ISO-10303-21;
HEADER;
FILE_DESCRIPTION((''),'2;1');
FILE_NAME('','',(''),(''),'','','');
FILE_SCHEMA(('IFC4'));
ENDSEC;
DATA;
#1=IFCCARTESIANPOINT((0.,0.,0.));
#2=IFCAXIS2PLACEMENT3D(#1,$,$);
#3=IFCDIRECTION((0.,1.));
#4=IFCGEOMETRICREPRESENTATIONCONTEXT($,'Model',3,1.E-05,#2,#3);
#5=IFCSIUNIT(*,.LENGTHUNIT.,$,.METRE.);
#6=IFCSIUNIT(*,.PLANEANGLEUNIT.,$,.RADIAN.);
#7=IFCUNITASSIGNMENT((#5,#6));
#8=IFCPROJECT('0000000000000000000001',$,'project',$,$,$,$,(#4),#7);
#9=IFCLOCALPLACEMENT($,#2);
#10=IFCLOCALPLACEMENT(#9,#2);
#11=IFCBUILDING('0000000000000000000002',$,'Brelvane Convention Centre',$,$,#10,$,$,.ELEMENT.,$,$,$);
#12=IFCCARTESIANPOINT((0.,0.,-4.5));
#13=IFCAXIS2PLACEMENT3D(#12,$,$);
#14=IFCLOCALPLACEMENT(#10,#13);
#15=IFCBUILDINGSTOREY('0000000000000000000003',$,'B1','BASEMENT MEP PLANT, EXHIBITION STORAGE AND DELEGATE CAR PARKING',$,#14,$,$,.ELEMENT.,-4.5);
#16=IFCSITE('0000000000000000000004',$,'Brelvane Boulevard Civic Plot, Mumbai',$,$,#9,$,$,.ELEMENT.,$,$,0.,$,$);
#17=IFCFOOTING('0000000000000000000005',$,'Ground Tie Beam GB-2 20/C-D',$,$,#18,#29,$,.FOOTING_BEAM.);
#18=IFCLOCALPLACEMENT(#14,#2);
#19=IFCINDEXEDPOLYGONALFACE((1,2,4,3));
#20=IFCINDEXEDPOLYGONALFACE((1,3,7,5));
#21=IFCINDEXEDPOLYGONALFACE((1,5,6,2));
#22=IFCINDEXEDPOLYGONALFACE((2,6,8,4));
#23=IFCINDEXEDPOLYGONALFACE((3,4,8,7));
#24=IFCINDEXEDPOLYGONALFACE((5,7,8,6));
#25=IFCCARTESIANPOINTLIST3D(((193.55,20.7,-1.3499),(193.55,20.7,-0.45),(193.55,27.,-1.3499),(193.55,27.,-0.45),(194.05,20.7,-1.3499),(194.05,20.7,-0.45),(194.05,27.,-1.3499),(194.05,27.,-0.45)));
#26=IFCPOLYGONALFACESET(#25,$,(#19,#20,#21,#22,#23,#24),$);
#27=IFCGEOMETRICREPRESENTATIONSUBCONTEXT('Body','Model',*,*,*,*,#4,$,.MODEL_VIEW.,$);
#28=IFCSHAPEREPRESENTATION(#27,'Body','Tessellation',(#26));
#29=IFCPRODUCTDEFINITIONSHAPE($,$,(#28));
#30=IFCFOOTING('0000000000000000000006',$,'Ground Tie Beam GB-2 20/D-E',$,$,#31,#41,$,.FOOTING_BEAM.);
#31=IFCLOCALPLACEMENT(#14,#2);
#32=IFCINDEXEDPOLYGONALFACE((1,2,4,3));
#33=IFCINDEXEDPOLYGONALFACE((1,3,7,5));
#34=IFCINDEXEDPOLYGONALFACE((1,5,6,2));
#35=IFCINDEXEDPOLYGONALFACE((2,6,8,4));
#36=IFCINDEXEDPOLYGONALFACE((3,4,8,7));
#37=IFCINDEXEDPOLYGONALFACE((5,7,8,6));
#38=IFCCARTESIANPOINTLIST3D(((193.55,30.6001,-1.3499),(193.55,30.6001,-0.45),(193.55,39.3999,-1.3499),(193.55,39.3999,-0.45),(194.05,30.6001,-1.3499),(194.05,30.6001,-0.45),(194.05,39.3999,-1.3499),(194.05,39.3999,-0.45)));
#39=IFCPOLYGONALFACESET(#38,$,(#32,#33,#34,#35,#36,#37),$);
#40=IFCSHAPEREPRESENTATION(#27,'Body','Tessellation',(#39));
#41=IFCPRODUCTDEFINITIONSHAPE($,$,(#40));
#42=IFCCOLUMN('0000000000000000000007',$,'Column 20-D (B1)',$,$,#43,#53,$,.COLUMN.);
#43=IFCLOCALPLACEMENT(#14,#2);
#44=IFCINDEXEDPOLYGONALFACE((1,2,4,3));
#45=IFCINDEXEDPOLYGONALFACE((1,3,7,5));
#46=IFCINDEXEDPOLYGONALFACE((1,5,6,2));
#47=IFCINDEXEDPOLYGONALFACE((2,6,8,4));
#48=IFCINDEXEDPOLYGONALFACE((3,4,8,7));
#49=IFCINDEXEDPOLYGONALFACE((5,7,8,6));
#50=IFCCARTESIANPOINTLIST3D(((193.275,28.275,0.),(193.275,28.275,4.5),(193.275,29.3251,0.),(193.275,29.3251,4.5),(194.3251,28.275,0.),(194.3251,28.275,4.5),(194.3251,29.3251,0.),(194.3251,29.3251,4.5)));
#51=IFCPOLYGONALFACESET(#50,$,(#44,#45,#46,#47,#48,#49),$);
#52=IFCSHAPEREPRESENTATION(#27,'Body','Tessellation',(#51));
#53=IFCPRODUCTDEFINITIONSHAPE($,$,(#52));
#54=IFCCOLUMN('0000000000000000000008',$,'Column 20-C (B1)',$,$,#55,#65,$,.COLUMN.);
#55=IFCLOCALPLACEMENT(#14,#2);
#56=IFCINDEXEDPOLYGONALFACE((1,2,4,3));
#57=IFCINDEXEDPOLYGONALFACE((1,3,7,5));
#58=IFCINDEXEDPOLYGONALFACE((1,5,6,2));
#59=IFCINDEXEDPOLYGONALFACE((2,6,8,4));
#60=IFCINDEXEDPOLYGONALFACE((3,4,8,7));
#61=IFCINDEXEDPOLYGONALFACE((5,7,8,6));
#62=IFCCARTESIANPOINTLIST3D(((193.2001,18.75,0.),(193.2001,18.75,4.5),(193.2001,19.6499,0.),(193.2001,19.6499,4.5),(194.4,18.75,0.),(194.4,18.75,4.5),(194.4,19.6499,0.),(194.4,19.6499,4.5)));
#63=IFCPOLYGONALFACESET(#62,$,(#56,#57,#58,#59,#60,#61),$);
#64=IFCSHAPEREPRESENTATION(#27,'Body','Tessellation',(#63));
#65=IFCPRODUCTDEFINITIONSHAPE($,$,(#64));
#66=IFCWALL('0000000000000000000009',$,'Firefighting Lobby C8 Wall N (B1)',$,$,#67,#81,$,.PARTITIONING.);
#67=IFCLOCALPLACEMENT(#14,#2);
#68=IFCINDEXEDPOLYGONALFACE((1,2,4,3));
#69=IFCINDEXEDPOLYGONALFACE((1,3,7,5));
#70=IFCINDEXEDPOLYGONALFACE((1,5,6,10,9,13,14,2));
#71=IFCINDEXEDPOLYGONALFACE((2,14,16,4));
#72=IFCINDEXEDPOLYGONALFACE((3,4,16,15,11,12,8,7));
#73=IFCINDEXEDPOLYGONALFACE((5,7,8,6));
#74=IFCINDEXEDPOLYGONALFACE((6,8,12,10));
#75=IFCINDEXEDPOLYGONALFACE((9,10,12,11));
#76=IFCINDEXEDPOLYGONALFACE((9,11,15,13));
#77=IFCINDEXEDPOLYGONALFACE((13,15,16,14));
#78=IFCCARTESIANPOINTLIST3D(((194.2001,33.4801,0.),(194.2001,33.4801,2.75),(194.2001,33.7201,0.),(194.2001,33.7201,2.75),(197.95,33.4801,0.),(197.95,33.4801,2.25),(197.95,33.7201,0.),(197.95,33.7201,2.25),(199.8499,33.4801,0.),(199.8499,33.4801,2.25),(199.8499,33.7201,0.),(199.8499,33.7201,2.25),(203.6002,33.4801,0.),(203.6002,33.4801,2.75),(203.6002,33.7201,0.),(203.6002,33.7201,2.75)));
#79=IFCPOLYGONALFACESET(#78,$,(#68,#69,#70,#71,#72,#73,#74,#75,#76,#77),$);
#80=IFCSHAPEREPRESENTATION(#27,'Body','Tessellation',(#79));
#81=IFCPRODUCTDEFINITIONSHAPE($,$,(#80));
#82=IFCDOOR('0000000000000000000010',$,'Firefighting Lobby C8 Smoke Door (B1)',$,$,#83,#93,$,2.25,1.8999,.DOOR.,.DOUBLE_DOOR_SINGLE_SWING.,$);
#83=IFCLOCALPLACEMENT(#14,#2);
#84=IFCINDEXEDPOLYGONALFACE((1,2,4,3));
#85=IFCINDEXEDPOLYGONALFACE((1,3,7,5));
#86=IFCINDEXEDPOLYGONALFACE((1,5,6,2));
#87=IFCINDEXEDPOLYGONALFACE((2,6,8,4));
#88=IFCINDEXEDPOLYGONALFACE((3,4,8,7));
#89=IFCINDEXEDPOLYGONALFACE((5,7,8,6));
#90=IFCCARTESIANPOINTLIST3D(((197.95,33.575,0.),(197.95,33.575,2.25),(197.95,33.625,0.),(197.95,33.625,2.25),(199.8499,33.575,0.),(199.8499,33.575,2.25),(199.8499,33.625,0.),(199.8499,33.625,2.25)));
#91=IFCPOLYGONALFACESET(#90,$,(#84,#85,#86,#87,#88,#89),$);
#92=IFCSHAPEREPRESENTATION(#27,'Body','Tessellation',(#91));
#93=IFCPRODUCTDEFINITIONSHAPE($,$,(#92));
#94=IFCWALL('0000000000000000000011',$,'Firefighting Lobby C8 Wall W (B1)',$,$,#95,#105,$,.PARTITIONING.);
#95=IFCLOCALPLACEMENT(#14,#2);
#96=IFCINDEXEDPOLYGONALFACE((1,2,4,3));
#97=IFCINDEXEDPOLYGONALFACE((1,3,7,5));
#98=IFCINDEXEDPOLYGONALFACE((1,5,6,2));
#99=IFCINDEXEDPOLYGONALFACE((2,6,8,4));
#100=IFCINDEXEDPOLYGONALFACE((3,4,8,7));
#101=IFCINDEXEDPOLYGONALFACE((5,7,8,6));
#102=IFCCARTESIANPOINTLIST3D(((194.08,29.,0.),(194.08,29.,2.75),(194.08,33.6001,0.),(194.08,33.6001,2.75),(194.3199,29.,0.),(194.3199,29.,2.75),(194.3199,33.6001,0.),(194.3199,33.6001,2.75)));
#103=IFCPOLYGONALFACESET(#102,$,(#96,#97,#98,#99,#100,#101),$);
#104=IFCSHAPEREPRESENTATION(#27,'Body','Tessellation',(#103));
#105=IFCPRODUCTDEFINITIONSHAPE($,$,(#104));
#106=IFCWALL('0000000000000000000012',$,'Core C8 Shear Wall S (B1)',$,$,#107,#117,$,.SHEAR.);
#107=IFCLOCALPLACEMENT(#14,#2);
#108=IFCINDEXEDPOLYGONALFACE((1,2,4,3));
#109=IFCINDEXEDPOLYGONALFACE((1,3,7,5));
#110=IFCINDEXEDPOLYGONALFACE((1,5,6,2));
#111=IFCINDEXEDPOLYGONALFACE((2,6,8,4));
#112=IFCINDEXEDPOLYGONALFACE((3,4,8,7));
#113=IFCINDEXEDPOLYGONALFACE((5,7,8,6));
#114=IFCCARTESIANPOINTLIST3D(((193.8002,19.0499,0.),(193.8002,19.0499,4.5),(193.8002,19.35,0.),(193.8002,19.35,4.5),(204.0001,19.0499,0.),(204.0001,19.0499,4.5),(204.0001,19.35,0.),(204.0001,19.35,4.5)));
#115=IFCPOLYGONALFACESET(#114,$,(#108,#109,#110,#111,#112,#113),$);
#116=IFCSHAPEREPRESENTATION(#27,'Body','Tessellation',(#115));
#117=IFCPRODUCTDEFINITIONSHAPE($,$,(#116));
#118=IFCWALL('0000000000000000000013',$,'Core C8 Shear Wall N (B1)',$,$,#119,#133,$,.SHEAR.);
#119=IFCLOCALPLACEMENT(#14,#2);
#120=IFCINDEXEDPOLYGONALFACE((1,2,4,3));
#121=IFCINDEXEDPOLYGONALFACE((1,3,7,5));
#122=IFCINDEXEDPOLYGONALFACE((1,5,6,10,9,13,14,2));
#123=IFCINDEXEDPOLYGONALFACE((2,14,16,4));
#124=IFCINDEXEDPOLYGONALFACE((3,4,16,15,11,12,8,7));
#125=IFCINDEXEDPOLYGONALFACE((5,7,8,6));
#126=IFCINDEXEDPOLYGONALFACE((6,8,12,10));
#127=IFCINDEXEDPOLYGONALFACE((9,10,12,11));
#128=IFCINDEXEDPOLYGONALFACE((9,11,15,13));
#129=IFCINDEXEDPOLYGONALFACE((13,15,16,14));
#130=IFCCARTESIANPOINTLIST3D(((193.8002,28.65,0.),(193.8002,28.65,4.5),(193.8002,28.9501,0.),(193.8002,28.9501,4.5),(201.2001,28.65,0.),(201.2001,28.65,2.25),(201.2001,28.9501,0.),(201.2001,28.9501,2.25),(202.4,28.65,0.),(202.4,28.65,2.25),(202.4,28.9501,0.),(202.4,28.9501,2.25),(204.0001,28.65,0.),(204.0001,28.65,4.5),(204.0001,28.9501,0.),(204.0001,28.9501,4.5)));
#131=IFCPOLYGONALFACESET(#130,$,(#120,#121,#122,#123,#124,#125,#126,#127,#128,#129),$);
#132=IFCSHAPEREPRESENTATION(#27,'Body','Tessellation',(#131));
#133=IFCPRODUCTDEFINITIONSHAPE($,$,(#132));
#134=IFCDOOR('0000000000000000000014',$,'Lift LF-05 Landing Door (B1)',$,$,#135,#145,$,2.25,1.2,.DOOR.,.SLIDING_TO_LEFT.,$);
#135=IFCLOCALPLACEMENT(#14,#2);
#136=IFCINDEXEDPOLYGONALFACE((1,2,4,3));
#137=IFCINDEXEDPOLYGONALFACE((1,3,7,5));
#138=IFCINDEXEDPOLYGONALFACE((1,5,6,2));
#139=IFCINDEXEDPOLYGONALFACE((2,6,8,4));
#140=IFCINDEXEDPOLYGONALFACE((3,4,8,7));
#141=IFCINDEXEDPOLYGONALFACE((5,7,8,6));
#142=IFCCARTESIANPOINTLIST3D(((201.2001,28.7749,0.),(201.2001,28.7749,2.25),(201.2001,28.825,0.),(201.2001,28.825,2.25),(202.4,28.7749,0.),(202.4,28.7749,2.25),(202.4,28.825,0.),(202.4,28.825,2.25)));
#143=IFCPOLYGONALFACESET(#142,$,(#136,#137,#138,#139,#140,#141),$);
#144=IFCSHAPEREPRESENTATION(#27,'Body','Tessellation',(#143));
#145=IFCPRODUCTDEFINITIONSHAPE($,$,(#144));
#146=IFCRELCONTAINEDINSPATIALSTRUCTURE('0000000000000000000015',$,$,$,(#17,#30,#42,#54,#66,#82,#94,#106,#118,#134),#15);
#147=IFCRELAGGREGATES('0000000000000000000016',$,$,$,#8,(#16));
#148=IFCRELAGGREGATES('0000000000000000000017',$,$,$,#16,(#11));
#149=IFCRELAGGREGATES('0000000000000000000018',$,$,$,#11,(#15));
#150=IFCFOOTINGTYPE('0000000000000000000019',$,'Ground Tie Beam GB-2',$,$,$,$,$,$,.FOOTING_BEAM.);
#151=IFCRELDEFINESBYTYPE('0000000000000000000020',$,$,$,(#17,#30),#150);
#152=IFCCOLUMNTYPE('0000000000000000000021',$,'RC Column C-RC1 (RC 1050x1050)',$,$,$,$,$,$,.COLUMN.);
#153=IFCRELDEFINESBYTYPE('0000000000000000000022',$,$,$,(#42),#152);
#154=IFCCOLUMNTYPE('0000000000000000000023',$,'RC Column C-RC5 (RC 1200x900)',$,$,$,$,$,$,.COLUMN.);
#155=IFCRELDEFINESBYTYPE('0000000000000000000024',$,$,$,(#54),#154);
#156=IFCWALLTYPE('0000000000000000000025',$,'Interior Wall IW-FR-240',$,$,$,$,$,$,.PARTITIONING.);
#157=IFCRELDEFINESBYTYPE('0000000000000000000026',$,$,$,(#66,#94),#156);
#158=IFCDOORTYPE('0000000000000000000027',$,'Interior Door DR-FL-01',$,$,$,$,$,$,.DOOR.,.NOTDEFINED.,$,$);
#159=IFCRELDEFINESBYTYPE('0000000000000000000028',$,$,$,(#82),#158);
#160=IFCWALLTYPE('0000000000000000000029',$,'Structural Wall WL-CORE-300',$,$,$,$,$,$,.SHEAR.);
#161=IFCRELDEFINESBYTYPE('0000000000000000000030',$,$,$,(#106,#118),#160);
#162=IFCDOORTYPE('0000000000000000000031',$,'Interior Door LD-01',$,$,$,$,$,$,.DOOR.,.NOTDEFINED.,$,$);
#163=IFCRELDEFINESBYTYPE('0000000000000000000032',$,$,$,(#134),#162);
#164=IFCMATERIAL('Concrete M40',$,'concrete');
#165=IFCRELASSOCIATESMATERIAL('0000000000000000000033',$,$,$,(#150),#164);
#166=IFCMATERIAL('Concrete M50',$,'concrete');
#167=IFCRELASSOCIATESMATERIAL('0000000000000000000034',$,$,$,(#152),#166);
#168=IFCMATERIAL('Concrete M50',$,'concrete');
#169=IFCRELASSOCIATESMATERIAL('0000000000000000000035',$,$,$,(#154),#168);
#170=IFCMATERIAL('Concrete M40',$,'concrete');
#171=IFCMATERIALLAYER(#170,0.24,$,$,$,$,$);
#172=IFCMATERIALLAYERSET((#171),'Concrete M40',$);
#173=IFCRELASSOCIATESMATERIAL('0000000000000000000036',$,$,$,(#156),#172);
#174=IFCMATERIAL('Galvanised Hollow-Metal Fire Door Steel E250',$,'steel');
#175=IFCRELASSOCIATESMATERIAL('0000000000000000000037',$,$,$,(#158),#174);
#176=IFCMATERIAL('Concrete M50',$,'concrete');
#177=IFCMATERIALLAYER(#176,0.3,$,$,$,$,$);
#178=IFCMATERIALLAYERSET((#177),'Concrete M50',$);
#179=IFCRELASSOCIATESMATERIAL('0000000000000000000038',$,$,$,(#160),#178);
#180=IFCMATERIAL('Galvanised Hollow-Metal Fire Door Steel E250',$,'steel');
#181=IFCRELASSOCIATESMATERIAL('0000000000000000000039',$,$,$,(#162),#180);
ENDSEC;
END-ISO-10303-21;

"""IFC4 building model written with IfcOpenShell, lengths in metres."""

from ifc_helpers import new_model, si_unit, direction, frame, frame_2d, origin, origin_2d, place, context, subcontext, project, spatial, rectangle, extrude, material, layer, layer_set, material_profile, profile_set, type_object, element, fill, save


model = new_model("IFC4")

# Units and contexts
model_context = context("Model", 3, precision=1e-05, world=origin(), true_north=direction((0.0, 1.0)))
body_context = subcontext(model_context, "Body", "Model", "MODEL_VIEW")
ifc_project = project(units=[si_unit("LENGTHUNIT", "METRE"), si_unit("PLANEANGLEUNIT", "RADIAN")], contexts=[model_context])

# Site, building, storey
site_placement = place(None, origin())
site = spatial("IfcSite", under=ifc_project, at=site_placement, Name="Brelvane Boulevard Civic Plot, Mumbai", CompositionType="ELEMENT", RefElevation=0.0)
building_placement = place(site_placement, origin())
building = spatial("IfcBuilding", under=site, at=building_placement, Name="Brelvane Convention Centre", CompositionType="ELEMENT")
storey_placement = place(building_placement, frame((0.0, 0.0, -4.5)))
storey = spatial("IfcBuildingStorey", under=building, at=storey_placement, Name="B1", Description="BASEMENT MEP PLANT, EXHIBITION STORAGE AND DELEGATE CAR PARKING", CompositionType="ELEMENT", Elevation=-4.5)

# Footings
ifc_material_1 = material(Name="Concrete M40", Category="concrete")
ifc_material_profile_1 = material_profile(ifc_material_1, rectangle(XDim=0.5, YDim=0.8999, at=origin_2d()), Name="RC 500x900")
ifc_profile_set_1 = profile_set([ifc_material_profile_1], Name="Concrete M40")
footing_type_1 = type_object("IfcFootingType", Name="Ground Tie Beam GB-2", PredefinedType="FOOTING_BEAM", material=ifc_profile_set_1)
footing_1_placement = place(storey_placement, frame((193.8, 20.7, -0.8999), z_axis=(0.0, 1.0, 0.0), x_axis=(-1.0, 0.0, 0.0)))
element("IfcFooting", 1, at=footing_1_placement, inside=storey, type_object=footing_type_1, Name="Ground Tie Beam GB-2 20/C-D", PredefinedType="FOOTING_BEAM", context=body_context, shape_type="SweptSolid", body=[
    extrude(rectangle(XDim=0.5, YDim=0.8999, at=origin_2d()), origin(), (0.0, 0.0, 1.0), 6.3),
])
footing_2_placement = place(storey_placement, frame((193.8, 30.6001, -0.8999), z_axis=(0.0, 1.0, 0.0), x_axis=(-1.0, 0.0, 0.0)))
element("IfcFooting", 2, at=footing_2_placement, inside=storey, type_object=footing_type_1, Name="Ground Tie Beam GB-2 20/D-E", PredefinedType="FOOTING_BEAM", context=body_context, shape_type="SweptSolid", body=[
    extrude(rectangle(XDim=0.5, YDim=0.8999, at=origin_2d()), origin(), (0.0, 0.0, 1.0), 8.7998),
])

# Columns
ifc_material_2 = material(Name="Concrete M50", Category="concrete")
ifc_material_profile_2 = material_profile(ifc_material_2, rectangle(XDim=1.05, YDim=1.05, at=origin_2d()), Name="RC 1050x1050")
ifc_profile_set_2 = profile_set([ifc_material_profile_2], Name="Concrete M50")
column_type_1 = type_object("IfcColumnType", Name="RC Column C-RC1 (RC 1050x1050)", PredefinedType="COLUMN", material=ifc_profile_set_2)
column_1_placement = place(storey_placement, frame((193.8, 28.8, 0.0), z_axis=(0.0, 0.0, 1.0), x_axis=(1.0, 0.0, 0.0)))
element("IfcColumn", 3, at=column_1_placement, inside=storey, type_object=column_type_1, Name="Column 20-D (B1)", PredefinedType="COLUMN", context=body_context, shape_type="SweptSolid", body=[
    extrude(rectangle(XDim=1.05, YDim=1.05, at=origin_2d()), origin(), (0.0, 0.0, 1.0), 4.5),
])
ifc_material_3 = material(Name="Concrete M50", Category="concrete")
ifc_material_profile_3 = material_profile(ifc_material_3, rectangle(XDim=1.2, YDim=0.8999, at=origin_2d()), Name="RC 1200x900")
ifc_profile_set_3 = profile_set([ifc_material_profile_3], Name="Concrete M50")
column_type_2 = type_object("IfcColumnType", Name="RC Column C-RC5 (RC 1200x900)", PredefinedType="COLUMN", material=ifc_profile_set_3)
column_2_placement = place(storey_placement, frame((193.8, 19.2, 0.0), z_axis=(0.0, 0.0, 1.0), x_axis=(1.0, 0.0, 0.0)))
element("IfcColumn", 4, at=column_2_placement, inside=storey, type_object=column_type_2, Name="Column 20-C (B1)", PredefinedType="COLUMN", context=body_context, shape_type="SweptSolid", body=[
    extrude(rectangle(XDim=1.2, YDim=0.8999, at=origin_2d()), origin(), (0.0, 0.0, 1.0), 4.5),
])

# Wall, opening, door
ifc_material_4 = material(Name="Concrete M40", Category="concrete")
ifc_layer_1 = layer(ifc_material_4, 0.24)
ifc_layer_set_1 = layer_set([ifc_layer_1], Name="Concrete M40")
wall_type_1 = type_object("IfcWallType", Name="Interior Wall IW-FR-240", PredefinedType="PARTITIONING", material=ifc_layer_set_1)
wall_1_placement = place(storey_placement, frame((194.2, 33.6001, 0.0), z_axis=(0.0, 0.0, 1.0), x_axis=(1.0, 0.0, 0.0)))
wall_1 = element("IfcWall", 5, at=wall_1_placement, inside=storey, type_object=wall_type_1, Name="Firefighting Lobby C8 Wall N (B1)", PredefinedType="PARTITIONING", context=body_context, shape_type="SweptSolid", body=[
    extrude(rectangle(XDim=9.4001, YDim=0.24, at=frame_2d((4.7002, 0.0))), origin(), (0.0, 0.0, 1.0), 2.75),
])
opening_1_placement = place(wall_1_placement, frame((3.75, 0.0, 0.0)))
opening_1 = element("IfcOpeningElement", 6, at=opening_1_placement, cuts=wall_1, PredefinedType="OPENING", context=body_context, shape_type="SweptSolid", body=[
    extrude(rectangle(XDim=1.8999, YDim=2.25, at=frame_2d((0.95, 1.125))), frame((0.0, 0.1299, 0.0), z_axis=(0.0, -1.0, 0.0), x_axis=(1.0, 0.0, 0.0)), (0.0, 0.0, 1.0), 0.26),
])
ifc_material_5 = material(Name="Galvanised Hollow-Metal Fire Door Steel E250", Category="steel")
door_type_1 = type_object("IfcDoorType", Name="Interior Door DR-FL-01", OperationType="NOTDEFINED", PredefinedType="DOOR", material=ifc_material_5)
door_1_placement = place(opening_1_placement, origin())
door_1 = element("IfcDoor", 7, at=door_1_placement, inside=storey, type_object=door_type_1, Name="Firefighting Lobby C8 Smoke Door (B1)", OperationType="DOUBLE_DOOR_SINGLE_SWING", OverallHeight=2.25, OverallWidth=1.8999, PredefinedType="DOOR", context=body_context, shape_type="SweptSolid", body=[
    extrude(rectangle(XDim=1.8999, YDim=2.25, at=frame_2d((0.95, 1.125))), frame((0.0, 0.0249, 0.0), z_axis=(0.0, -1.0, 0.0), x_axis=(1.0, 0.0, 0.0)), (0.0, 0.0, 1.0), 0.05),
])
fill(opening_1, door_1)

# Walls
wall_2_placement = place(storey_placement, frame((194.2, 29.0, 0.0), z_axis=(0.0, 0.0, 1.0), x_axis=(0.0, 1.0, 0.0)))
element("IfcWall", 8, at=wall_2_placement, inside=storey, type_object=wall_type_1, Name="Firefighting Lobby C8 Wall W (B1)", PredefinedType="PARTITIONING", context=body_context, shape_type="SweptSolid", body=[
    extrude(rectangle(XDim=4.6001, YDim=0.24, at=frame_2d((2.3, 0.0))), origin(), (0.0, 0.0, 1.0), 2.75),
])
ifc_material_6 = material(Name="Concrete M50", Category="concrete")
ifc_layer_2 = layer(ifc_material_6, 0.3)
ifc_layer_set_2 = layer_set([ifc_layer_2], Name="Concrete M50")
wall_type_2 = type_object("IfcWallType", Name="Structural Wall WL-CORE-300", PredefinedType="SHEAR", material=ifc_layer_set_2)
wall_3_placement = place(storey_placement, frame((193.8, 19.2, 0.0), z_axis=(0.0, 0.0, 1.0), x_axis=(1.0, 0.0, 0.0)))
element("IfcWall", 9, at=wall_3_placement, inside=storey, type_object=wall_type_2, Name="Core C8 Shear Wall S (B1)", PredefinedType="SHEAR", context=body_context, shape_type="SweptSolid", body=[
    extrude(rectangle(XDim=10.2, YDim=0.3, at=frame_2d((5.1001, 0.0))), origin(), (0.0, 0.0, 1.0), 4.5),
])

# Wall, opening, door
wall_4_placement = place(storey_placement, frame((193.8, 28.8, 0.0), z_axis=(0.0, 0.0, 1.0), x_axis=(1.0, 0.0, 0.0)))
wall_4 = element("IfcWall", 10, at=wall_4_placement, inside=storey, type_object=wall_type_2, Name="Core C8 Shear Wall N (B1)", PredefinedType="SHEAR", context=body_context, shape_type="SweptSolid", body=[
    extrude(rectangle(XDim=10.2, YDim=0.3, at=frame_2d((5.1001, 0.0))), origin(), (0.0, 0.0, 1.0), 4.5),
])
opening_2_placement = place(wall_4_placement, frame((7.3999, 0.0, 0.0)))
opening_2 = element("IfcOpeningElement", 11, at=opening_2_placement, cuts=wall_4, PredefinedType="OPENING", context=body_context, shape_type="SweptSolid", body=[
    extrude(rectangle(XDim=1.2, YDim=2.25, at=frame_2d((0.6001, 1.125))), frame((0.0, 0.1599, 0.0), z_axis=(0.0, -1.0, 0.0), x_axis=(1.0, 0.0, 0.0)), (0.0, 0.0, 1.0), 0.3201),
])
ifc_material_7 = material(Name="Galvanised Hollow-Metal Fire Door Steel E250", Category="steel")
door_type_2 = type_object("IfcDoorType", Name="Interior Door LD-01", OperationType="NOTDEFINED", PredefinedType="DOOR", material=ifc_material_7)
door_2_placement = place(opening_2_placement, origin())
door_2 = element("IfcDoor", 12, at=door_2_placement, inside=storey, type_object=door_type_2, Name="Lift LF-05 Landing Door (B1)", OperationType="SLIDING_TO_LEFT", OverallHeight=2.25, OverallWidth=1.2, PredefinedType="DOOR", context=body_context, shape_type="SweptSolid", body=[
    extrude(rectangle(XDim=1.2, YDim=2.25, at=frame_2d((0.6001, 1.125))), frame((0.0, 0.0249, 0.0), z_axis=(0.0, -1.0, 0.0), x_axis=(1.0, 0.0, 0.0)), (0.0, 0.0, 1.0), 0.05),
])
fill(opening_2, door_2)

save(model, "model.ifc")
